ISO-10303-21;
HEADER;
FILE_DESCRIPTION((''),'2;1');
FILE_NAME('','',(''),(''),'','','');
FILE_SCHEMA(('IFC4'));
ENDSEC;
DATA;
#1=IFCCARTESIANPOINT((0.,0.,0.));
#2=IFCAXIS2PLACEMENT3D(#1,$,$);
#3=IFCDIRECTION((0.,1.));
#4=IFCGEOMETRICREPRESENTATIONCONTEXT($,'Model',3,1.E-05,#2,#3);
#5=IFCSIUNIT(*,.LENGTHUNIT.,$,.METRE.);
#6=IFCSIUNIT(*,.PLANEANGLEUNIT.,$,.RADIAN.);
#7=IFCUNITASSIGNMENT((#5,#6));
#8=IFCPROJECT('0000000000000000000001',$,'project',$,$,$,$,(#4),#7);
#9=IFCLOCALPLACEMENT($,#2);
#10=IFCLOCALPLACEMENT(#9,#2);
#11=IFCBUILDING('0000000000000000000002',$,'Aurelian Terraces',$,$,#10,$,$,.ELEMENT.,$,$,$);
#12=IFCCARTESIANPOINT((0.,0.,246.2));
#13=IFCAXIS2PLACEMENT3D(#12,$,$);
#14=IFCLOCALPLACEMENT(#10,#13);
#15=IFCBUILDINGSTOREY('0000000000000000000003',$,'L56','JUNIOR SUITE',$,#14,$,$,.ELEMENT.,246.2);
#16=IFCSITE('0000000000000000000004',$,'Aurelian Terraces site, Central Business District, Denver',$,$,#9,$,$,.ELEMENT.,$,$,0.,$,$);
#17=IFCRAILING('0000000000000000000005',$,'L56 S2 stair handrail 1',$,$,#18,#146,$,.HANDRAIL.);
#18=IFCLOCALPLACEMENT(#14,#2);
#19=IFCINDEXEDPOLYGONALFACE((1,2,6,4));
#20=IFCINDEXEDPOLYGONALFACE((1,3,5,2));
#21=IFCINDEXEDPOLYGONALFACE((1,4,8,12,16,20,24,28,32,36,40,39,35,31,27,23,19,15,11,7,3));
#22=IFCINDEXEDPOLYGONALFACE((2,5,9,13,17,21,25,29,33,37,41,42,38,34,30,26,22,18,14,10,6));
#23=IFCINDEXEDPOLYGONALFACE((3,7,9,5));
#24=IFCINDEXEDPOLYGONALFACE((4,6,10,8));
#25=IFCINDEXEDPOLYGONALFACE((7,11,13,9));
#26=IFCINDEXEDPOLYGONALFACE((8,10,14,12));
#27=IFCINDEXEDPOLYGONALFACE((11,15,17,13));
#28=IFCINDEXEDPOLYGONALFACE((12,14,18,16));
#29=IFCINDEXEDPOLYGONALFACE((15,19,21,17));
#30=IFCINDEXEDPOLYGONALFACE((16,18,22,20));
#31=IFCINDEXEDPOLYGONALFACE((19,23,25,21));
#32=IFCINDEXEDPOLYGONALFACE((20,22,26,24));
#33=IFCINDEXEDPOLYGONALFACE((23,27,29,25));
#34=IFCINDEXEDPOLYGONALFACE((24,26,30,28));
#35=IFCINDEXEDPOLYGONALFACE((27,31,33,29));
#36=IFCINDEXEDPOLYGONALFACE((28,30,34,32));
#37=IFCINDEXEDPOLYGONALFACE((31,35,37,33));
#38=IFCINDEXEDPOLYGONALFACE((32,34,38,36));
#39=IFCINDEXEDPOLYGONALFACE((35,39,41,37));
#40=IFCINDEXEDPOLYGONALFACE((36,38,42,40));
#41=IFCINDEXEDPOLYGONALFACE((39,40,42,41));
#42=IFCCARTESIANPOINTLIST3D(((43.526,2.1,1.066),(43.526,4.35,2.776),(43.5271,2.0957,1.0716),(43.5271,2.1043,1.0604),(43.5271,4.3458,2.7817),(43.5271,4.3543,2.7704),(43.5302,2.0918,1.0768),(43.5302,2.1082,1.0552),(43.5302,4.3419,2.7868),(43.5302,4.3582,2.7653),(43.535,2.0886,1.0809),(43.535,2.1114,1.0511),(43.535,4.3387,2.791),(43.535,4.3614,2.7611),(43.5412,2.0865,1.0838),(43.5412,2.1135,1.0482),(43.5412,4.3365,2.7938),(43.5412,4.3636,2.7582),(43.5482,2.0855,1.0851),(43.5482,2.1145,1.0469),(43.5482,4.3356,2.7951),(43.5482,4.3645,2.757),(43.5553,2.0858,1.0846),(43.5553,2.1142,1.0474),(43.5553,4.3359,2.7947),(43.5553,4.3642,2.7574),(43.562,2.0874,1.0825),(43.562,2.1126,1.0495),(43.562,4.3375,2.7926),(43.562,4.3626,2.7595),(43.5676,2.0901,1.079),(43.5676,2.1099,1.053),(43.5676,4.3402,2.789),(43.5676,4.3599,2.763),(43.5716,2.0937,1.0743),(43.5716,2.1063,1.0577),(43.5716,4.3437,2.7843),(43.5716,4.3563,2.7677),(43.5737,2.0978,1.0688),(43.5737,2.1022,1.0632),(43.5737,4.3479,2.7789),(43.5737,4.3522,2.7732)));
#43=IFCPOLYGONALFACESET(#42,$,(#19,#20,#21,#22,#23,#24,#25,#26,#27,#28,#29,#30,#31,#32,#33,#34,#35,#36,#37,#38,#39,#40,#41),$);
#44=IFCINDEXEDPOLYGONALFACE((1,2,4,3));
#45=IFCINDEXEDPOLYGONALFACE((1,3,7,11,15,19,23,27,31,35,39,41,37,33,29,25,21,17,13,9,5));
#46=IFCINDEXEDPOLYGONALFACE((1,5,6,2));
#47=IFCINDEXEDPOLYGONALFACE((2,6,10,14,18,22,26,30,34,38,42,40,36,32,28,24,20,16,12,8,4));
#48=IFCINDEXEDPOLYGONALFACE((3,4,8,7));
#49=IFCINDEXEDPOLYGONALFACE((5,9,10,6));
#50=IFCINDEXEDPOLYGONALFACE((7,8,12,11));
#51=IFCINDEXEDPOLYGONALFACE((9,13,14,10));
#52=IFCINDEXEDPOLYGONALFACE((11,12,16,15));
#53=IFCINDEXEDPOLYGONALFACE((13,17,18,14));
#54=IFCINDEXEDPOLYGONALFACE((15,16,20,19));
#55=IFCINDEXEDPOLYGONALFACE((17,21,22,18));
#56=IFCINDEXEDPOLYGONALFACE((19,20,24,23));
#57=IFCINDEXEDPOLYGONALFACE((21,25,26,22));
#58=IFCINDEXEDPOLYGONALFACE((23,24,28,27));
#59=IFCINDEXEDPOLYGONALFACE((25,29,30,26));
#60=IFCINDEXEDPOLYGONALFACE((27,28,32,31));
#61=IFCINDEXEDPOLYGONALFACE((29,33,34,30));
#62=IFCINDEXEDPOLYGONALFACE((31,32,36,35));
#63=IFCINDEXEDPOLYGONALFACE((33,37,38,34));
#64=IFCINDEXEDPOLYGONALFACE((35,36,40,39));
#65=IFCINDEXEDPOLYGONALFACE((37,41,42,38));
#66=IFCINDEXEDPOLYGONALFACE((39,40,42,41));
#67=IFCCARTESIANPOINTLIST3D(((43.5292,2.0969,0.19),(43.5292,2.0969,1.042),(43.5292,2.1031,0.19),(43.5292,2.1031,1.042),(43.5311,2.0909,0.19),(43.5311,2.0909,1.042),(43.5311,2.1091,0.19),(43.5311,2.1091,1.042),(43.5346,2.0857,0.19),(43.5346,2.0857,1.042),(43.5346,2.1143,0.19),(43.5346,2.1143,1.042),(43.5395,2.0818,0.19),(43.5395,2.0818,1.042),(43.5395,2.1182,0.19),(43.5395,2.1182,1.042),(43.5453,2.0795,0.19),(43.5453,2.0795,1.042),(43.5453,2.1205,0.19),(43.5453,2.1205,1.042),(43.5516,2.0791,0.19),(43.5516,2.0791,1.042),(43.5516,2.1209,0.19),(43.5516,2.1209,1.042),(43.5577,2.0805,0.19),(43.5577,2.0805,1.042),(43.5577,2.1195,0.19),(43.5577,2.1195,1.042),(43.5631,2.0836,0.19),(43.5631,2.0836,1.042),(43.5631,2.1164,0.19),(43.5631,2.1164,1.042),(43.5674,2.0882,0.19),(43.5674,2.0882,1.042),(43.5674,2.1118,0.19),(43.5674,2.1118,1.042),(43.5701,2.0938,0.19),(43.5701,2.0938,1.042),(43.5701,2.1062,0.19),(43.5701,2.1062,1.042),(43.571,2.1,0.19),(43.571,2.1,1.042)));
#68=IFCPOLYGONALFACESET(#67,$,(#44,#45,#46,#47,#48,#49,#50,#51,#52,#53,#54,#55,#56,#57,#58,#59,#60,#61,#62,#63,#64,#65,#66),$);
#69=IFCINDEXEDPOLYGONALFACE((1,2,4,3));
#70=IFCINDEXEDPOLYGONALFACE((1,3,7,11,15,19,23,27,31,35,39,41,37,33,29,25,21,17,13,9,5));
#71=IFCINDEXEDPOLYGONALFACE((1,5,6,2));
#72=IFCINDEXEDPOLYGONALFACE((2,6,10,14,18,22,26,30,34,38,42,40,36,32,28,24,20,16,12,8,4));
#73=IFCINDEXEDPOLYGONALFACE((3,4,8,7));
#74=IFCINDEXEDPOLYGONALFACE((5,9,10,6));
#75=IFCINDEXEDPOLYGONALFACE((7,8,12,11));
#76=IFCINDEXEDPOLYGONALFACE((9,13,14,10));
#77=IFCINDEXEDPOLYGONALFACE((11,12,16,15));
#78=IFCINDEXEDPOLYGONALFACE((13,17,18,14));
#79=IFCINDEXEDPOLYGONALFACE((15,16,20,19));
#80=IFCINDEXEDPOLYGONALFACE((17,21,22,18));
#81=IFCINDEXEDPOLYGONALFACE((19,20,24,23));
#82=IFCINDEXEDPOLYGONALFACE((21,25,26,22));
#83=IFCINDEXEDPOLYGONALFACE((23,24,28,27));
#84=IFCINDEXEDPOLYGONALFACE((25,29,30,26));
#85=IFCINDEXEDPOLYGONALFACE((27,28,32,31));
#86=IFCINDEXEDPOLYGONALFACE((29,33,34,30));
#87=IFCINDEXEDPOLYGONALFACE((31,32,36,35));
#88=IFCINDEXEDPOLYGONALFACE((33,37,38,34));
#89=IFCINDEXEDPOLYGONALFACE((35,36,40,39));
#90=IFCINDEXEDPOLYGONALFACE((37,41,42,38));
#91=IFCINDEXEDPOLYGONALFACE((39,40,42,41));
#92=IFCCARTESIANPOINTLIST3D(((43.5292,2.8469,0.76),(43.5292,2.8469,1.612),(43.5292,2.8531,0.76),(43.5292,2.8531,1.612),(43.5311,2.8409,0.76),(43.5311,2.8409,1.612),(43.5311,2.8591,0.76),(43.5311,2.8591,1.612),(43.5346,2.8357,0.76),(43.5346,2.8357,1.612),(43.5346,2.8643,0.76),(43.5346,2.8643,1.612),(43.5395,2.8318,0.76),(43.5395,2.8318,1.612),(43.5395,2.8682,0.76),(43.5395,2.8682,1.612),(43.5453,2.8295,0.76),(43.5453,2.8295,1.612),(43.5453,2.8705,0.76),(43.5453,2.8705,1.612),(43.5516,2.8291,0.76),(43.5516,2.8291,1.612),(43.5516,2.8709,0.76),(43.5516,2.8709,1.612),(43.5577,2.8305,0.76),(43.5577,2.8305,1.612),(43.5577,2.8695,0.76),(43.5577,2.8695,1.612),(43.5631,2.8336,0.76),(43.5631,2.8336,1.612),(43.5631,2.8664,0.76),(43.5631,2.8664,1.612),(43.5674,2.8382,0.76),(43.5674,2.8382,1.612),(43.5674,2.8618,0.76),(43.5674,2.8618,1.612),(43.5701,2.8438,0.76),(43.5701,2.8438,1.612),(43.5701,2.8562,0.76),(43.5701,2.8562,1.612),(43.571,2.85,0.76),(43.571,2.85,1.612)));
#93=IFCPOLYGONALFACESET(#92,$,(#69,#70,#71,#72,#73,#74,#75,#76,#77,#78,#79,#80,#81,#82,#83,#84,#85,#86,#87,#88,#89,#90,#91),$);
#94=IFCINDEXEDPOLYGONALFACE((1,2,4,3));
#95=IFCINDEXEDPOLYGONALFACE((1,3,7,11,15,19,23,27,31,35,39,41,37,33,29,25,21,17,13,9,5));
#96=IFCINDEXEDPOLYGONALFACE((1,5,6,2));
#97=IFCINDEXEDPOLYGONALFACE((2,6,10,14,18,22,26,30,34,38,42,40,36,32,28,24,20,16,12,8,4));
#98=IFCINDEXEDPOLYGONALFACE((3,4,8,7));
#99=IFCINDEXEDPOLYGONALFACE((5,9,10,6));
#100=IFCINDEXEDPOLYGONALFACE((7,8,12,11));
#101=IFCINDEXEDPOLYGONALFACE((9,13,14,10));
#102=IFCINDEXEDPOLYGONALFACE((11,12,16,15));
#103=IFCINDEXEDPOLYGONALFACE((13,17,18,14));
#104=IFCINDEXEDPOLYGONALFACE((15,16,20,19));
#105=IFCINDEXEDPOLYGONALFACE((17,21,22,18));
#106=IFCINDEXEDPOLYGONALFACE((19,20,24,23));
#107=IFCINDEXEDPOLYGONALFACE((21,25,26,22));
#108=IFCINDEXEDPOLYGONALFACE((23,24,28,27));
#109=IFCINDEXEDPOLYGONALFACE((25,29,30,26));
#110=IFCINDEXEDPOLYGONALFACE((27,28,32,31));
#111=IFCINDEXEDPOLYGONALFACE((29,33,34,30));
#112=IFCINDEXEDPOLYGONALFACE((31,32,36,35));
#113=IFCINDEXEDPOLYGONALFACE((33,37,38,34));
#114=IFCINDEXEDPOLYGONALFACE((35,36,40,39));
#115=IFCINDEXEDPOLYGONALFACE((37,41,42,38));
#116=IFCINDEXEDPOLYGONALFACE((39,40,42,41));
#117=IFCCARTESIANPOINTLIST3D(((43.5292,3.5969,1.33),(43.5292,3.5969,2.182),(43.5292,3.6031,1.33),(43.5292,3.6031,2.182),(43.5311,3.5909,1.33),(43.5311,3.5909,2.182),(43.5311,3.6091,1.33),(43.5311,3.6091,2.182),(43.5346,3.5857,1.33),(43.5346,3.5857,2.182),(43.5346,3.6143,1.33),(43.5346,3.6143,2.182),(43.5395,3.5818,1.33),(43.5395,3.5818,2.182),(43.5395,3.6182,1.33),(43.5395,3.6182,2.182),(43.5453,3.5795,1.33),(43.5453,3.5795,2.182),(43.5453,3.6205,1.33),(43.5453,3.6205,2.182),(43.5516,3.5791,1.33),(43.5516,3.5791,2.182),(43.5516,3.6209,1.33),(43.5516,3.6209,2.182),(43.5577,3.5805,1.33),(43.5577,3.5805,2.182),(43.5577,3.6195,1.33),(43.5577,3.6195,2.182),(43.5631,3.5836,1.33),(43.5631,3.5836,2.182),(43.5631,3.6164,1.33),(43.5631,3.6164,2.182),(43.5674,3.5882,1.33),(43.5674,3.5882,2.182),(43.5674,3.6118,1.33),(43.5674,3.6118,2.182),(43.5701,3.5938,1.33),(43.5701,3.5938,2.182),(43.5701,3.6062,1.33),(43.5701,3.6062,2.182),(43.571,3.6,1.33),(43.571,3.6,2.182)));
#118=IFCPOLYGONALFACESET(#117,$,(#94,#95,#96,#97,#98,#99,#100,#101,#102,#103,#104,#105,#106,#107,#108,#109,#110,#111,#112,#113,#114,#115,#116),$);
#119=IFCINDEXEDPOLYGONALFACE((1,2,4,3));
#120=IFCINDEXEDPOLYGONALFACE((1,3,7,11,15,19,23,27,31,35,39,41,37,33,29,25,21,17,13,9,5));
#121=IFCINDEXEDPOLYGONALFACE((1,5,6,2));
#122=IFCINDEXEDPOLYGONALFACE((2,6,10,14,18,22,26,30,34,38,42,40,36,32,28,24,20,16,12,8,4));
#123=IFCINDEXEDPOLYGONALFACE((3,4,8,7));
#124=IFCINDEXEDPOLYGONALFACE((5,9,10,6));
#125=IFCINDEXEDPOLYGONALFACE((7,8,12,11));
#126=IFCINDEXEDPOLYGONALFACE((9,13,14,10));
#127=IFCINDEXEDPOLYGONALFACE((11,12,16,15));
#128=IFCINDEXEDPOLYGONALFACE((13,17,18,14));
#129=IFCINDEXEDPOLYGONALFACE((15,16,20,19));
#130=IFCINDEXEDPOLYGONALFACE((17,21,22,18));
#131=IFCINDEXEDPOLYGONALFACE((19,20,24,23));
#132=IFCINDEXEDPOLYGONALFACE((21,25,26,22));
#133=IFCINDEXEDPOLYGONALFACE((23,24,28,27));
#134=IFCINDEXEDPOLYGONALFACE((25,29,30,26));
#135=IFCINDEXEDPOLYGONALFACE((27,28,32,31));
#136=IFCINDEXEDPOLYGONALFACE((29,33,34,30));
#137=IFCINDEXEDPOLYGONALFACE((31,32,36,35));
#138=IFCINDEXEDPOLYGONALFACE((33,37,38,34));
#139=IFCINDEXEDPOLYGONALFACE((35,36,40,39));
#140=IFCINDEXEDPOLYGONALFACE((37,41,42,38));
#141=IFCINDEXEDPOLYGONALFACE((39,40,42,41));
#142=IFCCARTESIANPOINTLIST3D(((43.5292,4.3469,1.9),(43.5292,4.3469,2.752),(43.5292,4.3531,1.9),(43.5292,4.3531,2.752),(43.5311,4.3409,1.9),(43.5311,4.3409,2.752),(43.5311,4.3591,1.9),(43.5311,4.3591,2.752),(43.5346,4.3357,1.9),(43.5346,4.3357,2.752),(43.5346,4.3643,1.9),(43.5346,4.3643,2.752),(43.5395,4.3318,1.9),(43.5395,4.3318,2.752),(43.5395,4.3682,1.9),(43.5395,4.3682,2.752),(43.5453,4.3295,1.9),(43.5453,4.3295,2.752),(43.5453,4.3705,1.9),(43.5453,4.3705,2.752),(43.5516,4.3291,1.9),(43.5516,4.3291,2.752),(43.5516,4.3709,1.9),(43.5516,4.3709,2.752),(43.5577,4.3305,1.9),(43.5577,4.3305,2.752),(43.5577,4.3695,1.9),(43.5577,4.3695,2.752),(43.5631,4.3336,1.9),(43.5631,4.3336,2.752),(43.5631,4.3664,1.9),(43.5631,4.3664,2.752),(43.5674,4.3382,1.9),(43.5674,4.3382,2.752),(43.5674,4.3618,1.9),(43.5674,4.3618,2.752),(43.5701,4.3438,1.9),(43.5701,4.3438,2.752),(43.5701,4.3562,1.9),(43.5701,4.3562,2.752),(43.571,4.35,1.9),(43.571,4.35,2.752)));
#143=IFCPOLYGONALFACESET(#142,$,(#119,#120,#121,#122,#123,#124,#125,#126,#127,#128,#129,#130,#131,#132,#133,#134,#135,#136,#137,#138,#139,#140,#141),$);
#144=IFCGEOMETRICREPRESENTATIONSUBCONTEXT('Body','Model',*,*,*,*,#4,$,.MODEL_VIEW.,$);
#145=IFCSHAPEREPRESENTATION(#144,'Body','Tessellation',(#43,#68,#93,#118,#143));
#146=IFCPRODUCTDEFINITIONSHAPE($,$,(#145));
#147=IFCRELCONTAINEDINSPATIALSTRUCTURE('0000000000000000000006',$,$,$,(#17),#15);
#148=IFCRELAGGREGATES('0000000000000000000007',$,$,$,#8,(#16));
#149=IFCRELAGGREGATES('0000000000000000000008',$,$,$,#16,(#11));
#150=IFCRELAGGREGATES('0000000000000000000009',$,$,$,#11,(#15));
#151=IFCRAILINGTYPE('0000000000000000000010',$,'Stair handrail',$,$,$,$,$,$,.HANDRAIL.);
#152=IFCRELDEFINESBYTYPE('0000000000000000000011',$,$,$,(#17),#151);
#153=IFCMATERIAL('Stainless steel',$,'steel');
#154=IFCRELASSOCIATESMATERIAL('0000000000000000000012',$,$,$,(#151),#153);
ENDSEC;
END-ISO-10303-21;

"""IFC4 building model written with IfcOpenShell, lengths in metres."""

from ifc_helpers import new_model, si_unit, direction, frame, origin, origin_2d, place, context, subcontext, project, spatial, circle, extrude, source, transform, mapped, material, type_object, element, save


model = new_model("IFC4")

# Units and contexts
model_context = context("Model", 3, precision=1e-05, world=origin(), true_north=direction((0.0, 1.0)))
body_context = subcontext(model_context, "Body", "Model", "MODEL_VIEW")
ifc_project = project(units=[si_unit("LENGTHUNIT", "METRE"), si_unit("PLANEANGLEUNIT", "RADIAN")], contexts=[model_context])

# Site, building, storey
site_placement = place(None, origin())
site = spatial("IfcSite", under=ifc_project, at=site_placement, Name="Aurelian Terraces site, Central Business District, Denver", CompositionType="ELEMENT", RefElevation=0.0)
building_placement = place(site_placement, origin())
building = spatial("IfcBuilding", under=site, at=building_placement, Name="Aurelian Terraces", CompositionType="ELEMENT")
storey_placement = place(building_placement, frame((0.0, 0.0, 246.2)))
storey = spatial("IfcBuildingStorey", under=building, at=storey_placement, Name="L56", Description="JUNIOR SUITE", CompositionType="ELEMENT", Elevation=246.2)

# Railing
ifc_material_1 = material(Name="Stainless steel", Category="steel")
railing_type_1 = type_object("IfcRailingType", Name="Stair handrail", PredefinedType="HANDRAIL", material=ifc_material_1)
shared_shape_1 = source(origin(), body_context, "Body", "SweptSolid", [
    extrude(circle(Radius=0.024, at=origin_2d()), frame((0.0, 0.0, 0.876), z_axis=(0.0, 0.796162, 0.605083), x_axis=(-1.0, 0.0, 0.0)), (0.0, 0.0, 1.0), 2.8261),
    extrude(circle(Radius=0.021, at=origin_2d()), origin(), (0.0, 0.0, 1.0), 0.852),
    extrude(circle(Radius=0.021, at=origin_2d()), frame((0.0, 0.75, 0.57)), (0.0, 0.0, 1.0), 0.852),
    extrude(circle(Radius=0.021, at=origin_2d()), frame((0.0, 1.5, 1.14)), (0.0, 0.0, 1.0), 0.852),
    extrude(circle(Radius=0.021, at=origin_2d()), frame((0.0, 2.25, 1.71)), (0.0, 0.0, 1.0), 0.852),
])
railing_1_placement = place(storey_placement, frame((43.55, 2.1, 0.19)))
element("IfcRailing", 1, at=railing_1_placement, inside=storey, type_object=railing_type_1, Name="L56 S2 stair handrail 1", PredefinedType="HANDRAIL", context=body_context, shape_type="MappedRepresentation", body=[
    mapped(shared_shape_1, transform((0.0, 0.0, 0.0), scale=1.0)),
])

save(model, "model.ifc")
